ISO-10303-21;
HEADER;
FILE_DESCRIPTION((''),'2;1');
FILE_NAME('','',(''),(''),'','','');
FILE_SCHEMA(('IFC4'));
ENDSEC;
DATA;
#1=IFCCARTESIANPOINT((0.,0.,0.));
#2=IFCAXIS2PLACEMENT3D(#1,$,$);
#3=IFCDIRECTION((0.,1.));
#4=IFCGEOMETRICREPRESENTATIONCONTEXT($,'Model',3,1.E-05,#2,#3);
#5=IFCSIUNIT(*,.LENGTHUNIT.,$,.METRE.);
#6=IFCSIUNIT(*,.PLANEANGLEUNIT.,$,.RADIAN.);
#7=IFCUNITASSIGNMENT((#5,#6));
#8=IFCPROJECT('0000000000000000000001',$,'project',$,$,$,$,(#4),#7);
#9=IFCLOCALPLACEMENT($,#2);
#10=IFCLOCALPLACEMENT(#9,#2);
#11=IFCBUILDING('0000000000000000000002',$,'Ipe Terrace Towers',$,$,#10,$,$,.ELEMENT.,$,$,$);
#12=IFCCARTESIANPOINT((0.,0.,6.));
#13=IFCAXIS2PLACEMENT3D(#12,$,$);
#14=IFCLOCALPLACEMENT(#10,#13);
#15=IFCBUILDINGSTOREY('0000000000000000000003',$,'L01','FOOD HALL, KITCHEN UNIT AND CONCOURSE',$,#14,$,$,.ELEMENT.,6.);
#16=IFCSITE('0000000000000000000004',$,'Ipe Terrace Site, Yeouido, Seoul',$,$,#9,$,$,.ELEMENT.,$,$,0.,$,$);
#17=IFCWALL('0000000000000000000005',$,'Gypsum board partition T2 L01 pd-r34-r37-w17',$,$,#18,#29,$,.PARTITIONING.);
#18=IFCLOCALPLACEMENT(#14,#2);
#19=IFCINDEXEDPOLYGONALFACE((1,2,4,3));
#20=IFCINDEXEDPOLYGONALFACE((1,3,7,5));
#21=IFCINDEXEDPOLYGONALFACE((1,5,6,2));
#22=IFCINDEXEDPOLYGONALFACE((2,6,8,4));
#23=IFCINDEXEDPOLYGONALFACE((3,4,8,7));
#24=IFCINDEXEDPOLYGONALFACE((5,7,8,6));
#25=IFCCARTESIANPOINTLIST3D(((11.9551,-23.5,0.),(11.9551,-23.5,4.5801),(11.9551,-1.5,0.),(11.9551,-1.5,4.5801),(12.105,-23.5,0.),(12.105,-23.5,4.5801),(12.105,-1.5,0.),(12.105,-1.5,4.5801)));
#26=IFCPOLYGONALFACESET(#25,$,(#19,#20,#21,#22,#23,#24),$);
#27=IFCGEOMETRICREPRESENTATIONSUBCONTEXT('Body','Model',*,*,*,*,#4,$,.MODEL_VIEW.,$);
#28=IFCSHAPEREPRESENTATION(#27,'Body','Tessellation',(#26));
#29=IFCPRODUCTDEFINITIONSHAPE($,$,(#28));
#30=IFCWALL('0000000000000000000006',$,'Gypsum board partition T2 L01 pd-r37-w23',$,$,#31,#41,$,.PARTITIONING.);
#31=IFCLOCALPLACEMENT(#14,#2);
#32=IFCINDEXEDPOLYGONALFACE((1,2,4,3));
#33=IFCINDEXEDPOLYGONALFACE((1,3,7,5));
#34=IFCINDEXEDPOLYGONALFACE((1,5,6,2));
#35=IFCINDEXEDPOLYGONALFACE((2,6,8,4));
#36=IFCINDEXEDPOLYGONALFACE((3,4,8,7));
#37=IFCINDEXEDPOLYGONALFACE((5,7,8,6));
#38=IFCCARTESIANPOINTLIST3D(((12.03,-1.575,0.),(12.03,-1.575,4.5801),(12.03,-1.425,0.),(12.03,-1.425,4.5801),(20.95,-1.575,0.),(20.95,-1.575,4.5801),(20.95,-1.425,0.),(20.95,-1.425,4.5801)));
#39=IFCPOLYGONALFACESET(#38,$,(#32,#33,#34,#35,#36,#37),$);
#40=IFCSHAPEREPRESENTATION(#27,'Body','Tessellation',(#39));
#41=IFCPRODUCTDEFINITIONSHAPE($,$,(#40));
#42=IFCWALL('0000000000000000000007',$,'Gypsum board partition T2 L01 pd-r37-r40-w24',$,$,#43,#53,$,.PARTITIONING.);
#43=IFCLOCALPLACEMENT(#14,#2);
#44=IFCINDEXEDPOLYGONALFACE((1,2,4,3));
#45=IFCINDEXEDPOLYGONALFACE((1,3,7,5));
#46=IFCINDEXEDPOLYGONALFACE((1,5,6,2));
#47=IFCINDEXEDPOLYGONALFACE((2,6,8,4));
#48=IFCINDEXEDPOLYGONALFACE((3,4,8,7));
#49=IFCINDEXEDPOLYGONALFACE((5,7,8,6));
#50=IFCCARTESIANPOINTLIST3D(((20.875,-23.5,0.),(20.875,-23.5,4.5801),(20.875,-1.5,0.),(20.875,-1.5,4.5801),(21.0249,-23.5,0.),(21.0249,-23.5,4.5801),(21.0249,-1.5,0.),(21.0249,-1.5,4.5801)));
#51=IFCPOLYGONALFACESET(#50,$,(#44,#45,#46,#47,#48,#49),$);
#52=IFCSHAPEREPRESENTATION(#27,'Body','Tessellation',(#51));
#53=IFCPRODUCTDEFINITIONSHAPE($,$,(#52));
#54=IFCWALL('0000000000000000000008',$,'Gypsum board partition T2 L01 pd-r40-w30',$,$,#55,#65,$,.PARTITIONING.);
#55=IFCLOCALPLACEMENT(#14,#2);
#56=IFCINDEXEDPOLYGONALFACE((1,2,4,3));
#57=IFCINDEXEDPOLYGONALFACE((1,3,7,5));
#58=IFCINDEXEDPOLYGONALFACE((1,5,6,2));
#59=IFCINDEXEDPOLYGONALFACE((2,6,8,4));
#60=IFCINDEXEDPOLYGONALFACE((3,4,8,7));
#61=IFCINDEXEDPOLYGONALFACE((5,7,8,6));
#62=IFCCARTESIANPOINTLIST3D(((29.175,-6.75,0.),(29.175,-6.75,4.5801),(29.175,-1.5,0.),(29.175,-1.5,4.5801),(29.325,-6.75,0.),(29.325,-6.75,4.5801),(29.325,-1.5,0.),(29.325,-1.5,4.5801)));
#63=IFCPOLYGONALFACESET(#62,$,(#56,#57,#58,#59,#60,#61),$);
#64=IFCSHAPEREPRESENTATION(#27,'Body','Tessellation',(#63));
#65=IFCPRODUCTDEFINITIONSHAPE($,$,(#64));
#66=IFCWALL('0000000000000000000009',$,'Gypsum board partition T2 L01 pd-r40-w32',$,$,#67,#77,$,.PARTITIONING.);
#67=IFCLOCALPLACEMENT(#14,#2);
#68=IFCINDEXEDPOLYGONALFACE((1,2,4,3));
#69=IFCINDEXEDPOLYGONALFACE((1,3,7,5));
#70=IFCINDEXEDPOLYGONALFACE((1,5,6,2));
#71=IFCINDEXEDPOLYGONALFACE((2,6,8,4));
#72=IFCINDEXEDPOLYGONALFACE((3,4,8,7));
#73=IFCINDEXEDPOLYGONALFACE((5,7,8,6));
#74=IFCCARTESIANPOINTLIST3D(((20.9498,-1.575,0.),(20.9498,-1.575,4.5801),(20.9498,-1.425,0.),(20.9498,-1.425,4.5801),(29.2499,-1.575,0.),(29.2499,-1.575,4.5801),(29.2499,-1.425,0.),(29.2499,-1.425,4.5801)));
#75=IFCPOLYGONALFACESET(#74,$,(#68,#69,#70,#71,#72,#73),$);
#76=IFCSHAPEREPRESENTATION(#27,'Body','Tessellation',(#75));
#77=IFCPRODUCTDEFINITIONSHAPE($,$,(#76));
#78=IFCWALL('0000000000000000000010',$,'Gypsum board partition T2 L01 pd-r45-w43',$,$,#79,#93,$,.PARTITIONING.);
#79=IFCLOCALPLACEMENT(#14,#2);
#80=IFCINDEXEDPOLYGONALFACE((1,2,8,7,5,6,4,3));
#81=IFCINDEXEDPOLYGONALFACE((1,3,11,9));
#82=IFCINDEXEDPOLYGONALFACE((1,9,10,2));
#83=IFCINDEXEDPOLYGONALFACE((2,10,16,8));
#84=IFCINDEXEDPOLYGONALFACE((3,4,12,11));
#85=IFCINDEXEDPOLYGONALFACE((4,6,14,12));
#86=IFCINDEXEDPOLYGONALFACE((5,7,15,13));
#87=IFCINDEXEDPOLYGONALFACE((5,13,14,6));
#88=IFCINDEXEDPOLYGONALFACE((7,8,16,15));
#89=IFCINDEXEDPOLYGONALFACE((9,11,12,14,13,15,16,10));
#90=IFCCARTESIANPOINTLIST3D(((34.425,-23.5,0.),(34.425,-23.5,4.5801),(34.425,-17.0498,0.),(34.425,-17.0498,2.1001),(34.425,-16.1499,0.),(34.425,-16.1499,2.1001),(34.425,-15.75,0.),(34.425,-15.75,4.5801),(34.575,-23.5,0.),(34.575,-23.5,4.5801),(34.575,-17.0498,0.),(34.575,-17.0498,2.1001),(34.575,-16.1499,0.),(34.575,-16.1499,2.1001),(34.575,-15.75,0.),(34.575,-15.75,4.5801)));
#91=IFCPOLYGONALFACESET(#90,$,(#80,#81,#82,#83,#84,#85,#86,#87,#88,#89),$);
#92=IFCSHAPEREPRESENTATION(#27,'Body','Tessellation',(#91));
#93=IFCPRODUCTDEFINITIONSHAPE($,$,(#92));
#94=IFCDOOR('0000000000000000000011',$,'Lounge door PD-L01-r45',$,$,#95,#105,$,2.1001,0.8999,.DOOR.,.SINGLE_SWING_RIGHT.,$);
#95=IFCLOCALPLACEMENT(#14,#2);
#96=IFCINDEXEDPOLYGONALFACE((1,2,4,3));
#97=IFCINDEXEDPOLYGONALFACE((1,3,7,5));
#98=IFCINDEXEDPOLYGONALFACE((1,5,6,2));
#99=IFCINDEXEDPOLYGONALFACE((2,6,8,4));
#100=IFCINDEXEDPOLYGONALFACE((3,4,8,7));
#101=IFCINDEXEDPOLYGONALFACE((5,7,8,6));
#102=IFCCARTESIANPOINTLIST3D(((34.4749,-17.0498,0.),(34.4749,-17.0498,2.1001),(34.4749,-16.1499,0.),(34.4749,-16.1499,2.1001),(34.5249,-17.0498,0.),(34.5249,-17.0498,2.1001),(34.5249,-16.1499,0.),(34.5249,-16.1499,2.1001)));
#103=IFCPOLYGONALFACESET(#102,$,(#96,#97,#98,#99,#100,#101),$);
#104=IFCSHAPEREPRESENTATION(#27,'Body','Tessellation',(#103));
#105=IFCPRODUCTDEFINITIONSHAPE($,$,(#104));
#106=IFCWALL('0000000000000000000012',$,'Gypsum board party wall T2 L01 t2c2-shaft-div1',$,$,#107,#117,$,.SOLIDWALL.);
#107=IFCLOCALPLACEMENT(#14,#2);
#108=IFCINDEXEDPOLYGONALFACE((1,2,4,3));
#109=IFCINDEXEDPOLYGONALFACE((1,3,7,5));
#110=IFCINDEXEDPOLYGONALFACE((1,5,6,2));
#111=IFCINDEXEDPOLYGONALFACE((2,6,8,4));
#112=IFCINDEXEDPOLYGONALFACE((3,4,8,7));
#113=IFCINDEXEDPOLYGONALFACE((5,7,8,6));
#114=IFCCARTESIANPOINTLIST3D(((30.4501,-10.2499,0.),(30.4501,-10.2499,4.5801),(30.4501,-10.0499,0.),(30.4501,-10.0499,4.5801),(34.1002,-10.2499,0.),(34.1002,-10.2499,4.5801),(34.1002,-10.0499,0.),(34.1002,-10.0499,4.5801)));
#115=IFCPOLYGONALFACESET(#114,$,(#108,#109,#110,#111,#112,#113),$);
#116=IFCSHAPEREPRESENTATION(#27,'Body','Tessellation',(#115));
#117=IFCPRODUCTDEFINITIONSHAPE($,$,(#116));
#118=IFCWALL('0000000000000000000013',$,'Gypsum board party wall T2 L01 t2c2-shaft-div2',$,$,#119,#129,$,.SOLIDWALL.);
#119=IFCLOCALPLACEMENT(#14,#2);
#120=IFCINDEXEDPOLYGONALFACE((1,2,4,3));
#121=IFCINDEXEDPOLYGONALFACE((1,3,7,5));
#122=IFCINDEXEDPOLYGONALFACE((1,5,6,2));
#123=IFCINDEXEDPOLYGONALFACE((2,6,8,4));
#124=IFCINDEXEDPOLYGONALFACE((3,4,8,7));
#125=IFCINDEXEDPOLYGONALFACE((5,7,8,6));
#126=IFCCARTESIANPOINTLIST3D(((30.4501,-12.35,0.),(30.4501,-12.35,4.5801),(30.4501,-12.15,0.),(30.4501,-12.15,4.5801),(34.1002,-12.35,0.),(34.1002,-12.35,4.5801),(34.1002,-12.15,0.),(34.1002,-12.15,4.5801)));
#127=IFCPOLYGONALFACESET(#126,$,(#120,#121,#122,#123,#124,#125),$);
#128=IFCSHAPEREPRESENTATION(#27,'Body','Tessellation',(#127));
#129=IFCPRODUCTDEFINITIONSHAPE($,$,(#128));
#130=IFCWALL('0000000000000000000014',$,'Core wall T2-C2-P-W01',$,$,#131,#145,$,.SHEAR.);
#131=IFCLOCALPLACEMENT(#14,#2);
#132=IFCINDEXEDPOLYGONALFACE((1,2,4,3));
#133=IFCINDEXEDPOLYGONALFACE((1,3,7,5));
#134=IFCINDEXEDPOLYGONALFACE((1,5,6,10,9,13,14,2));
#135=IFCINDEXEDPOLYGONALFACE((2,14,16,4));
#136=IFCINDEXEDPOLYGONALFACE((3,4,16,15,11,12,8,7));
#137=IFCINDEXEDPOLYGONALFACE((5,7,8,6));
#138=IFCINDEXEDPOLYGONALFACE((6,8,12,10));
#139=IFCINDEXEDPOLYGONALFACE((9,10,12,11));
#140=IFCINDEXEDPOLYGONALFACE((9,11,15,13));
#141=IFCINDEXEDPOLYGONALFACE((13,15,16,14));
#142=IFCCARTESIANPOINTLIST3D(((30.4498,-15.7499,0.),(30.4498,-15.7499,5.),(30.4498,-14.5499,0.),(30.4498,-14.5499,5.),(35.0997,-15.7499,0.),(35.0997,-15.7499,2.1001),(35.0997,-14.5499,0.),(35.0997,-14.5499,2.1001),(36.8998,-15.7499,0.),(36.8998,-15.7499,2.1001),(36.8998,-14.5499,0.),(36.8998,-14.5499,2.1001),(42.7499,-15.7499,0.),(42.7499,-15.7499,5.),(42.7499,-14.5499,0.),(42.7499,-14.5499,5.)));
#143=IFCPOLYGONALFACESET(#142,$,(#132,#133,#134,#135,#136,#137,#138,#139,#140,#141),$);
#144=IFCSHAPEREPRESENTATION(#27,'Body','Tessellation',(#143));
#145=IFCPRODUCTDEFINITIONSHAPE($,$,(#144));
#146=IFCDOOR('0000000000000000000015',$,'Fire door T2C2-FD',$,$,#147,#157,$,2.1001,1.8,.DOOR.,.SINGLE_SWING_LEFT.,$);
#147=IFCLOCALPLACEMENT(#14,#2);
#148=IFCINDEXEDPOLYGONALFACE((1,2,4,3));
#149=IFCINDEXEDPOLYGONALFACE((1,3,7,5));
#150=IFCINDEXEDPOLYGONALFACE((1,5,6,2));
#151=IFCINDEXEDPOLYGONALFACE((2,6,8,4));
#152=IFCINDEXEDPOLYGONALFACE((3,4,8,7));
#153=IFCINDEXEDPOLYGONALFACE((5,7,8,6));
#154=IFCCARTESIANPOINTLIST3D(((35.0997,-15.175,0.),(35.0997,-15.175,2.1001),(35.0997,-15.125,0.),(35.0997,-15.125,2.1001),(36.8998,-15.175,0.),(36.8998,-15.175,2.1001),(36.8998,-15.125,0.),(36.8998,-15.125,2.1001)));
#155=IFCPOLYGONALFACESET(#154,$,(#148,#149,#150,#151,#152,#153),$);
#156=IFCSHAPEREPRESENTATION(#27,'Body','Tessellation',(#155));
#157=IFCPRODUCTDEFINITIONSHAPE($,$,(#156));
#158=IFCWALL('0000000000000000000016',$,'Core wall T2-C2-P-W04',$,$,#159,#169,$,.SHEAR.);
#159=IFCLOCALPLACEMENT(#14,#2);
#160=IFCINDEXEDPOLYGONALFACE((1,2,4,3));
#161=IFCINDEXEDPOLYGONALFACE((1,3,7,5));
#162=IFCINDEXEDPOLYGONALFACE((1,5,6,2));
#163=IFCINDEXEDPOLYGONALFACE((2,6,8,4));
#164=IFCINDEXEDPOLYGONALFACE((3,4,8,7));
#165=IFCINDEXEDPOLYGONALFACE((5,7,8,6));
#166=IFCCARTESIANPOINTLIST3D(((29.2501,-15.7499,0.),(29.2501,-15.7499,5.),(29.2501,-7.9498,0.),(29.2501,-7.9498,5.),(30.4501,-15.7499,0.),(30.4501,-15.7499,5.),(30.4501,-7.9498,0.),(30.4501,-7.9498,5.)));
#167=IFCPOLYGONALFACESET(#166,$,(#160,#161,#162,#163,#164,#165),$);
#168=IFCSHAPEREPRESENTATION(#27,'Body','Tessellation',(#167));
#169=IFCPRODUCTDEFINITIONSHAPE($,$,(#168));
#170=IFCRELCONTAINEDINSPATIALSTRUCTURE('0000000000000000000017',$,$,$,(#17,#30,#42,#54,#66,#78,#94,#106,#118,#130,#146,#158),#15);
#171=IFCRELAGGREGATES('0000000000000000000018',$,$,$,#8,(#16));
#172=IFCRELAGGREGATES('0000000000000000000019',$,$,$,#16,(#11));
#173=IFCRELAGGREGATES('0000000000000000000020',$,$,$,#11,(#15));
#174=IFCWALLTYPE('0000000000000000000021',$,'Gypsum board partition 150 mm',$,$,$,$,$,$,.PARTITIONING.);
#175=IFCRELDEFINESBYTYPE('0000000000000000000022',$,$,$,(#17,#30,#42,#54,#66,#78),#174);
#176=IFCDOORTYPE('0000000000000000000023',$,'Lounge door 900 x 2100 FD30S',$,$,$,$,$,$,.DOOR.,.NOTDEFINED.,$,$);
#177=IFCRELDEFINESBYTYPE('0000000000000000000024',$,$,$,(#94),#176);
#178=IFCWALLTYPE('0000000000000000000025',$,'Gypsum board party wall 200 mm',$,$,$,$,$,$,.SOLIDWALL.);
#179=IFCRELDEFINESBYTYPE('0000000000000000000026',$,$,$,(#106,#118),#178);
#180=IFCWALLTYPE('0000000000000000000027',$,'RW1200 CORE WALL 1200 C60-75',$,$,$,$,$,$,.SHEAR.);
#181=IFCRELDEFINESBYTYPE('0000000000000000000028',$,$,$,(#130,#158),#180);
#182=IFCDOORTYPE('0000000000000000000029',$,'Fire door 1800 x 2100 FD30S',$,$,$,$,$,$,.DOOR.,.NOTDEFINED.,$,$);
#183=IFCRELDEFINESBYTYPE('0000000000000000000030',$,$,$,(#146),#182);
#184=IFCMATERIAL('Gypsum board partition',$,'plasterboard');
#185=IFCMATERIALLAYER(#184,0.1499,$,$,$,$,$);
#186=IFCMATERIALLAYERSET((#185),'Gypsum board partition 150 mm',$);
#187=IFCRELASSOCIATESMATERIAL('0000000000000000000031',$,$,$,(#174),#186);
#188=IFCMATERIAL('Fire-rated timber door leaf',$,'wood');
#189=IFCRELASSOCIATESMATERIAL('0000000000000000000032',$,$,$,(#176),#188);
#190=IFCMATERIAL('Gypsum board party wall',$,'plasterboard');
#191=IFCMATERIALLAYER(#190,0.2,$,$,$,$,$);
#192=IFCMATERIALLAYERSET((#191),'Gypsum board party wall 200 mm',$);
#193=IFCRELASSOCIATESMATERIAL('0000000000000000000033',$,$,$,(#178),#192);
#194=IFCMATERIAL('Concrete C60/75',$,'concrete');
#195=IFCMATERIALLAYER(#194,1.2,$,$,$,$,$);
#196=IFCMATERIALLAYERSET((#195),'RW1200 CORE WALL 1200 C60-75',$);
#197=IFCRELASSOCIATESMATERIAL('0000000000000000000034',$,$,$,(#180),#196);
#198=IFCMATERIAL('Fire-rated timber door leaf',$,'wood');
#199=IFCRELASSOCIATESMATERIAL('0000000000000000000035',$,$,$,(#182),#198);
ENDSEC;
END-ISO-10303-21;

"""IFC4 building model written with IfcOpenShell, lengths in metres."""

from ifc_helpers import new_model, si_unit, direction, frame, frame_2d, origin, place, context, subcontext, project, spatial, rectangle, extrude, material, layer, layer_set, type_object, element, fill, save


model = new_model("IFC4")

# Units and contexts
model_context = context("Model", 3, precision=1e-05, world=origin(), true_north=direction((0.0, 1.0)))
body_context = subcontext(model_context, "Body", "Model", "MODEL_VIEW")
ifc_project = project(units=[si_unit("LENGTHUNIT", "METRE"), si_unit("PLANEANGLEUNIT", "RADIAN")], contexts=[model_context])

# Site, building, storey
site_placement = place(None, origin())
site = spatial("IfcSite", under=ifc_project, at=site_placement, Name="Ipe Terrace Site, Yeouido, Seoul", CompositionType="ELEMENT", RefElevation=0.0)
building_placement = place(site_placement, origin())
building = spatial("IfcBuilding", under=site, at=building_placement, Name="Ipe Terrace Towers", CompositionType="ELEMENT")
storey_placement = place(building_placement, frame((0.0, 0.0, 6.0)))
storey = spatial("IfcBuildingStorey", under=building, at=storey_placement, Name="L01", Description="FOOD HALL, KITCHEN UNIT AND CONCOURSE", CompositionType="ELEMENT", Elevation=6.0)

# Walls
ifc_material_1 = material(Name="Gypsum board partition", Category="plasterboard")
ifc_layer_1 = layer(ifc_material_1, 0.1499)
ifc_layer_set_1 = layer_set([ifc_layer_1], Name="Gypsum board partition 150 mm")
wall_type_1 = type_object("IfcWallType", Name="Gypsum board partition 150 mm", PredefinedType="PARTITIONING", material=ifc_layer_set_1)
wall_1_placement = place(storey_placement, frame((12.03, -1.5, 0.0), z_axis=(0.0, 0.0, 1.0), x_axis=(0.0, -1.0, 0.0)))
element("IfcWall", 1, at=wall_1_placement, inside=storey, type_object=wall_type_1, Name="Gypsum board partition T2 L01 pd-r34-r37-w17", PredefinedType="PARTITIONING", context=body_context, shape_type="SweptSolid", body=[
    extrude(rectangle(XDim=22.0, YDim=0.1499, at=frame_2d((11.0, 0.0))), origin(), (0.0, 0.0, 1.0), 4.5801),
])
wall_2_placement = place(storey_placement, frame((12.03, -1.5, 0.0), z_axis=(0.0, 0.0, 1.0), x_axis=(1.0, 0.0, 0.0)))
element("IfcWall", 2, at=wall_2_placement, inside=storey, type_object=wall_type_1, Name="Gypsum board partition T2 L01 pd-r37-w23", PredefinedType="PARTITIONING", context=body_context, shape_type="SweptSolid", body=[
    extrude(rectangle(XDim=8.9199, YDim=0.1499, at=frame_2d((4.46, 0.0))), origin(), (0.0, 0.0, 1.0), 4.5801),
])
wall_3_placement = place(storey_placement, frame((20.95, -1.5, 0.0), z_axis=(0.0, 0.0, 1.0), x_axis=(0.0, -1.0, 0.0)))
element("IfcWall", 3, at=wall_3_placement, inside=storey, type_object=wall_type_1, Name="Gypsum board partition T2 L01 pd-r37-r40-w24", PredefinedType="PARTITIONING", context=body_context, shape_type="SweptSolid", body=[
    extrude(rectangle(XDim=22.0, YDim=0.1499, at=frame_2d((11.0, 0.0))), origin(), (0.0, 0.0, 1.0), 4.5801),
])
wall_4_placement = place(storey_placement, frame((29.25, -1.5, 0.0), z_axis=(0.0, 0.0, 1.0), x_axis=(0.0, -1.0, 0.0)))
element("IfcWall", 4, at=wall_4_placement, inside=storey, type_object=wall_type_1, Name="Gypsum board partition T2 L01 pd-r40-w30", PredefinedType="PARTITIONING", context=body_context, shape_type="SweptSolid", body=[
    extrude(rectangle(XDim=5.25, YDim=0.1499, at=frame_2d((2.625, 0.0))), origin(), (0.0, 0.0, 1.0), 4.5801),
])
wall_5_placement = place(storey_placement, frame((20.95, -1.5, 0.0), z_axis=(0.0, 0.0, 1.0), x_axis=(1.0, 0.0, 0.0)))
element("IfcWall", 5, at=wall_5_placement, inside=storey, type_object=wall_type_1, Name="Gypsum board partition T2 L01 pd-r40-w32", PredefinedType="PARTITIONING", context=body_context, shape_type="SweptSolid", body=[
    extrude(rectangle(XDim=8.3, YDim=0.1499, at=frame_2d((4.1499, 0.0))), origin(), (0.0, 0.0, 1.0), 4.5801),
])

# Wall, opening, door
wall_6_placement = place(storey_placement, frame((34.5, -15.75, 0.0), z_axis=(0.0, 0.0, 1.0), x_axis=(0.0, -1.0, 0.0)))
wall_6 = element("IfcWall", 6, at=wall_6_placement, inside=storey, type_object=wall_type_1, Name="Gypsum board partition T2 L01 pd-r45-w43", PredefinedType="PARTITIONING", context=body_context, shape_type="SweptSolid", body=[
    extrude(rectangle(XDim=7.75, YDim=0.1499, at=frame_2d((3.875, 0.0))), origin(), (0.0, 0.0, 1.0), 4.5801),
])
opening_1_placement = place(wall_6_placement, frame((0.3999, 0.0, 0.0)))
opening_1 = element("IfcOpeningElement", 7, at=opening_1_placement, cuts=wall_6, PredefinedType="OPENING", context=body_context, shape_type="SweptSolid", body=[
    extrude(rectangle(XDim=0.8999, YDim=2.1001, at=frame_2d((0.45, 1.05))), frame((0.0, 0.085, 0.0), z_axis=(0.0, -1.0, 0.0), x_axis=(1.0, 0.0, 0.0)), (0.0, 0.0, 1.0), 0.1699),
])
ifc_material_2 = material(Name="Fire-rated timber door leaf", Category="wood")
door_type_1 = type_object("IfcDoorType", Name="Lounge door 900 x 2100 FD30S", OperationType="NOTDEFINED", PredefinedType="DOOR", material=ifc_material_2)
door_1_placement = place(opening_1_placement, origin())
door_1 = element("IfcDoor", 8, at=door_1_placement, inside=storey, type_object=door_type_1, Name="Lounge door PD-L01-r45", OperationType="SINGLE_SWING_RIGHT", OverallHeight=2.1001, OverallWidth=0.8999, PredefinedType="DOOR", context=body_context, shape_type="SweptSolid", body=[
    extrude(rectangle(XDim=0.8999, YDim=2.1001, at=frame_2d((0.45, 1.05))), frame((0.0, 0.0249, 0.0), z_axis=(0.0, -1.0, 0.0), x_axis=(1.0, 0.0, 0.0)), (0.0, 0.0, 1.0), 0.05),
])
fill(opening_1, door_1)

# Walls
ifc_material_3 = material(Name="Gypsum board party wall", Category="plasterboard")
ifc_layer_2 = layer(ifc_material_3, 0.2)
ifc_layer_set_2 = layer_set([ifc_layer_2], Name="Gypsum board party wall 200 mm")
wall_type_2 = type_object("IfcWallType", Name="Gypsum board party wall 200 mm", PredefinedType="SOLIDWALL", material=ifc_layer_set_2)
for number, where, z_axis, x_axis, name in (
    (9, (30.45, -10.1499, 0.0), (0.0, 0.0, 1.0), (1.0, 0.0, 0.0), "Gypsum board party wall T2 L01 t2c2-shaft-div1"),
    (10, (30.45, -12.25, 0.0), (0.0, 0.0, 1.0), (1.0, 0.0, 0.0), "Gypsum board party wall T2 L01 t2c2-shaft-div2"),
):
    element("IfcWall", number, at=place(storey_placement, frame(where, z_axis=z_axis, x_axis=x_axis)), inside=storey, type_object=wall_type_2, Name=name, PredefinedType="SOLIDWALL", context=body_context, shape_type="SweptSolid", body=[
        extrude(rectangle(XDim=3.6501, YDim=0.2, at=frame_2d((1.8252, 0.0))), origin(), (0.0, 0.0, 1.0), 4.5801),
    ])

# Wall, opening, door
ifc_material_4 = material(Name="Concrete C60/75", Category="concrete")
ifc_layer_3 = layer(ifc_material_4, 1.2)
ifc_layer_set_3 = layer_set([ifc_layer_3], Name="RW1200 CORE WALL 1200 C60-75")
wall_type_3 = type_object("IfcWallType", Name="RW1200 CORE WALL 1200 C60-75", PredefinedType="SHEAR", material=ifc_layer_set_3)
wall_7_placement = place(storey_placement, frame((30.45, -15.1499, 0.0), z_axis=(0.0, 0.0, 1.0), x_axis=(1.0, 0.0, 0.0)))
wall_7 = element("IfcWall", 11, at=wall_7_placement, inside=storey, type_object=wall_type_3, Name="Core wall T2-C2-P-W01", PredefinedType="SHEAR", context=body_context, shape_type="SweptSolid", body=[
    extrude(rectangle(XDim=12.3, YDim=1.2, at=frame_2d((6.1499, 0.0))), origin(), (0.0, 0.0, 1.0), 5.0),
])
opening_2_placement = place(wall_7_placement, frame((4.6499, 0.0, 0.0)))
opening_2 = element("IfcOpeningElement", 12, at=opening_2_placement, cuts=wall_7, PredefinedType="OPENING", context=body_context, shape_type="SweptSolid", body=[
    extrude(rectangle(XDim=1.8, YDim=2.1001, at=frame_2d((0.8999, 1.05))), frame((0.0, 0.6099, 0.0), z_axis=(0.0, -1.0, 0.0), x_axis=(1.0, 0.0, 0.0)), (0.0, 0.0, 1.0), 1.22),
])
ifc_material_5 = material(Name="Fire-rated timber door leaf", Category="wood")
door_type_2 = type_object("IfcDoorType", Name="Fire door 1800 x 2100 FD30S", OperationType="NOTDEFINED", PredefinedType="DOOR", material=ifc_material_5)
door_2_placement = place(opening_2_placement, origin())
door_2 = element("IfcDoor", 13, at=door_2_placement, inside=storey, type_object=door_type_2, Name="Fire door T2C2-FD", OperationType="SINGLE_SWING_LEFT", OverallHeight=2.1001, OverallWidth=1.8, PredefinedType="DOOR", context=body_context, shape_type="SweptSolid", body=[
    extrude(rectangle(XDim=1.8, YDim=2.1001, at=frame_2d((0.8999, 1.05))), frame((0.0, 0.0249, 0.0), z_axis=(0.0, -1.0, 0.0), x_axis=(1.0, 0.0, 0.0)), (0.0, 0.0, 1.0), 0.05),
])
fill(opening_2, door_2)

# Wall
wall_8_placement = place(storey_placement, frame((29.8501, -7.95, 0.0), z_axis=(0.0, 0.0, 1.0), x_axis=(0.0, -1.0, 0.0)))
element("IfcWall", 14, at=wall_8_placement, inside=storey, type_object=wall_type_3, Name="Core wall T2-C2-P-W04", PredefinedType="SHEAR", context=body_context, shape_type="SweptSolid", body=[
    extrude(rectangle(XDim=7.8, YDim=1.2, at=frame_2d((3.8999, 0.0))), origin(), (0.0, 0.0, 1.0), 5.0),
])

save(model, "model.ifc")
